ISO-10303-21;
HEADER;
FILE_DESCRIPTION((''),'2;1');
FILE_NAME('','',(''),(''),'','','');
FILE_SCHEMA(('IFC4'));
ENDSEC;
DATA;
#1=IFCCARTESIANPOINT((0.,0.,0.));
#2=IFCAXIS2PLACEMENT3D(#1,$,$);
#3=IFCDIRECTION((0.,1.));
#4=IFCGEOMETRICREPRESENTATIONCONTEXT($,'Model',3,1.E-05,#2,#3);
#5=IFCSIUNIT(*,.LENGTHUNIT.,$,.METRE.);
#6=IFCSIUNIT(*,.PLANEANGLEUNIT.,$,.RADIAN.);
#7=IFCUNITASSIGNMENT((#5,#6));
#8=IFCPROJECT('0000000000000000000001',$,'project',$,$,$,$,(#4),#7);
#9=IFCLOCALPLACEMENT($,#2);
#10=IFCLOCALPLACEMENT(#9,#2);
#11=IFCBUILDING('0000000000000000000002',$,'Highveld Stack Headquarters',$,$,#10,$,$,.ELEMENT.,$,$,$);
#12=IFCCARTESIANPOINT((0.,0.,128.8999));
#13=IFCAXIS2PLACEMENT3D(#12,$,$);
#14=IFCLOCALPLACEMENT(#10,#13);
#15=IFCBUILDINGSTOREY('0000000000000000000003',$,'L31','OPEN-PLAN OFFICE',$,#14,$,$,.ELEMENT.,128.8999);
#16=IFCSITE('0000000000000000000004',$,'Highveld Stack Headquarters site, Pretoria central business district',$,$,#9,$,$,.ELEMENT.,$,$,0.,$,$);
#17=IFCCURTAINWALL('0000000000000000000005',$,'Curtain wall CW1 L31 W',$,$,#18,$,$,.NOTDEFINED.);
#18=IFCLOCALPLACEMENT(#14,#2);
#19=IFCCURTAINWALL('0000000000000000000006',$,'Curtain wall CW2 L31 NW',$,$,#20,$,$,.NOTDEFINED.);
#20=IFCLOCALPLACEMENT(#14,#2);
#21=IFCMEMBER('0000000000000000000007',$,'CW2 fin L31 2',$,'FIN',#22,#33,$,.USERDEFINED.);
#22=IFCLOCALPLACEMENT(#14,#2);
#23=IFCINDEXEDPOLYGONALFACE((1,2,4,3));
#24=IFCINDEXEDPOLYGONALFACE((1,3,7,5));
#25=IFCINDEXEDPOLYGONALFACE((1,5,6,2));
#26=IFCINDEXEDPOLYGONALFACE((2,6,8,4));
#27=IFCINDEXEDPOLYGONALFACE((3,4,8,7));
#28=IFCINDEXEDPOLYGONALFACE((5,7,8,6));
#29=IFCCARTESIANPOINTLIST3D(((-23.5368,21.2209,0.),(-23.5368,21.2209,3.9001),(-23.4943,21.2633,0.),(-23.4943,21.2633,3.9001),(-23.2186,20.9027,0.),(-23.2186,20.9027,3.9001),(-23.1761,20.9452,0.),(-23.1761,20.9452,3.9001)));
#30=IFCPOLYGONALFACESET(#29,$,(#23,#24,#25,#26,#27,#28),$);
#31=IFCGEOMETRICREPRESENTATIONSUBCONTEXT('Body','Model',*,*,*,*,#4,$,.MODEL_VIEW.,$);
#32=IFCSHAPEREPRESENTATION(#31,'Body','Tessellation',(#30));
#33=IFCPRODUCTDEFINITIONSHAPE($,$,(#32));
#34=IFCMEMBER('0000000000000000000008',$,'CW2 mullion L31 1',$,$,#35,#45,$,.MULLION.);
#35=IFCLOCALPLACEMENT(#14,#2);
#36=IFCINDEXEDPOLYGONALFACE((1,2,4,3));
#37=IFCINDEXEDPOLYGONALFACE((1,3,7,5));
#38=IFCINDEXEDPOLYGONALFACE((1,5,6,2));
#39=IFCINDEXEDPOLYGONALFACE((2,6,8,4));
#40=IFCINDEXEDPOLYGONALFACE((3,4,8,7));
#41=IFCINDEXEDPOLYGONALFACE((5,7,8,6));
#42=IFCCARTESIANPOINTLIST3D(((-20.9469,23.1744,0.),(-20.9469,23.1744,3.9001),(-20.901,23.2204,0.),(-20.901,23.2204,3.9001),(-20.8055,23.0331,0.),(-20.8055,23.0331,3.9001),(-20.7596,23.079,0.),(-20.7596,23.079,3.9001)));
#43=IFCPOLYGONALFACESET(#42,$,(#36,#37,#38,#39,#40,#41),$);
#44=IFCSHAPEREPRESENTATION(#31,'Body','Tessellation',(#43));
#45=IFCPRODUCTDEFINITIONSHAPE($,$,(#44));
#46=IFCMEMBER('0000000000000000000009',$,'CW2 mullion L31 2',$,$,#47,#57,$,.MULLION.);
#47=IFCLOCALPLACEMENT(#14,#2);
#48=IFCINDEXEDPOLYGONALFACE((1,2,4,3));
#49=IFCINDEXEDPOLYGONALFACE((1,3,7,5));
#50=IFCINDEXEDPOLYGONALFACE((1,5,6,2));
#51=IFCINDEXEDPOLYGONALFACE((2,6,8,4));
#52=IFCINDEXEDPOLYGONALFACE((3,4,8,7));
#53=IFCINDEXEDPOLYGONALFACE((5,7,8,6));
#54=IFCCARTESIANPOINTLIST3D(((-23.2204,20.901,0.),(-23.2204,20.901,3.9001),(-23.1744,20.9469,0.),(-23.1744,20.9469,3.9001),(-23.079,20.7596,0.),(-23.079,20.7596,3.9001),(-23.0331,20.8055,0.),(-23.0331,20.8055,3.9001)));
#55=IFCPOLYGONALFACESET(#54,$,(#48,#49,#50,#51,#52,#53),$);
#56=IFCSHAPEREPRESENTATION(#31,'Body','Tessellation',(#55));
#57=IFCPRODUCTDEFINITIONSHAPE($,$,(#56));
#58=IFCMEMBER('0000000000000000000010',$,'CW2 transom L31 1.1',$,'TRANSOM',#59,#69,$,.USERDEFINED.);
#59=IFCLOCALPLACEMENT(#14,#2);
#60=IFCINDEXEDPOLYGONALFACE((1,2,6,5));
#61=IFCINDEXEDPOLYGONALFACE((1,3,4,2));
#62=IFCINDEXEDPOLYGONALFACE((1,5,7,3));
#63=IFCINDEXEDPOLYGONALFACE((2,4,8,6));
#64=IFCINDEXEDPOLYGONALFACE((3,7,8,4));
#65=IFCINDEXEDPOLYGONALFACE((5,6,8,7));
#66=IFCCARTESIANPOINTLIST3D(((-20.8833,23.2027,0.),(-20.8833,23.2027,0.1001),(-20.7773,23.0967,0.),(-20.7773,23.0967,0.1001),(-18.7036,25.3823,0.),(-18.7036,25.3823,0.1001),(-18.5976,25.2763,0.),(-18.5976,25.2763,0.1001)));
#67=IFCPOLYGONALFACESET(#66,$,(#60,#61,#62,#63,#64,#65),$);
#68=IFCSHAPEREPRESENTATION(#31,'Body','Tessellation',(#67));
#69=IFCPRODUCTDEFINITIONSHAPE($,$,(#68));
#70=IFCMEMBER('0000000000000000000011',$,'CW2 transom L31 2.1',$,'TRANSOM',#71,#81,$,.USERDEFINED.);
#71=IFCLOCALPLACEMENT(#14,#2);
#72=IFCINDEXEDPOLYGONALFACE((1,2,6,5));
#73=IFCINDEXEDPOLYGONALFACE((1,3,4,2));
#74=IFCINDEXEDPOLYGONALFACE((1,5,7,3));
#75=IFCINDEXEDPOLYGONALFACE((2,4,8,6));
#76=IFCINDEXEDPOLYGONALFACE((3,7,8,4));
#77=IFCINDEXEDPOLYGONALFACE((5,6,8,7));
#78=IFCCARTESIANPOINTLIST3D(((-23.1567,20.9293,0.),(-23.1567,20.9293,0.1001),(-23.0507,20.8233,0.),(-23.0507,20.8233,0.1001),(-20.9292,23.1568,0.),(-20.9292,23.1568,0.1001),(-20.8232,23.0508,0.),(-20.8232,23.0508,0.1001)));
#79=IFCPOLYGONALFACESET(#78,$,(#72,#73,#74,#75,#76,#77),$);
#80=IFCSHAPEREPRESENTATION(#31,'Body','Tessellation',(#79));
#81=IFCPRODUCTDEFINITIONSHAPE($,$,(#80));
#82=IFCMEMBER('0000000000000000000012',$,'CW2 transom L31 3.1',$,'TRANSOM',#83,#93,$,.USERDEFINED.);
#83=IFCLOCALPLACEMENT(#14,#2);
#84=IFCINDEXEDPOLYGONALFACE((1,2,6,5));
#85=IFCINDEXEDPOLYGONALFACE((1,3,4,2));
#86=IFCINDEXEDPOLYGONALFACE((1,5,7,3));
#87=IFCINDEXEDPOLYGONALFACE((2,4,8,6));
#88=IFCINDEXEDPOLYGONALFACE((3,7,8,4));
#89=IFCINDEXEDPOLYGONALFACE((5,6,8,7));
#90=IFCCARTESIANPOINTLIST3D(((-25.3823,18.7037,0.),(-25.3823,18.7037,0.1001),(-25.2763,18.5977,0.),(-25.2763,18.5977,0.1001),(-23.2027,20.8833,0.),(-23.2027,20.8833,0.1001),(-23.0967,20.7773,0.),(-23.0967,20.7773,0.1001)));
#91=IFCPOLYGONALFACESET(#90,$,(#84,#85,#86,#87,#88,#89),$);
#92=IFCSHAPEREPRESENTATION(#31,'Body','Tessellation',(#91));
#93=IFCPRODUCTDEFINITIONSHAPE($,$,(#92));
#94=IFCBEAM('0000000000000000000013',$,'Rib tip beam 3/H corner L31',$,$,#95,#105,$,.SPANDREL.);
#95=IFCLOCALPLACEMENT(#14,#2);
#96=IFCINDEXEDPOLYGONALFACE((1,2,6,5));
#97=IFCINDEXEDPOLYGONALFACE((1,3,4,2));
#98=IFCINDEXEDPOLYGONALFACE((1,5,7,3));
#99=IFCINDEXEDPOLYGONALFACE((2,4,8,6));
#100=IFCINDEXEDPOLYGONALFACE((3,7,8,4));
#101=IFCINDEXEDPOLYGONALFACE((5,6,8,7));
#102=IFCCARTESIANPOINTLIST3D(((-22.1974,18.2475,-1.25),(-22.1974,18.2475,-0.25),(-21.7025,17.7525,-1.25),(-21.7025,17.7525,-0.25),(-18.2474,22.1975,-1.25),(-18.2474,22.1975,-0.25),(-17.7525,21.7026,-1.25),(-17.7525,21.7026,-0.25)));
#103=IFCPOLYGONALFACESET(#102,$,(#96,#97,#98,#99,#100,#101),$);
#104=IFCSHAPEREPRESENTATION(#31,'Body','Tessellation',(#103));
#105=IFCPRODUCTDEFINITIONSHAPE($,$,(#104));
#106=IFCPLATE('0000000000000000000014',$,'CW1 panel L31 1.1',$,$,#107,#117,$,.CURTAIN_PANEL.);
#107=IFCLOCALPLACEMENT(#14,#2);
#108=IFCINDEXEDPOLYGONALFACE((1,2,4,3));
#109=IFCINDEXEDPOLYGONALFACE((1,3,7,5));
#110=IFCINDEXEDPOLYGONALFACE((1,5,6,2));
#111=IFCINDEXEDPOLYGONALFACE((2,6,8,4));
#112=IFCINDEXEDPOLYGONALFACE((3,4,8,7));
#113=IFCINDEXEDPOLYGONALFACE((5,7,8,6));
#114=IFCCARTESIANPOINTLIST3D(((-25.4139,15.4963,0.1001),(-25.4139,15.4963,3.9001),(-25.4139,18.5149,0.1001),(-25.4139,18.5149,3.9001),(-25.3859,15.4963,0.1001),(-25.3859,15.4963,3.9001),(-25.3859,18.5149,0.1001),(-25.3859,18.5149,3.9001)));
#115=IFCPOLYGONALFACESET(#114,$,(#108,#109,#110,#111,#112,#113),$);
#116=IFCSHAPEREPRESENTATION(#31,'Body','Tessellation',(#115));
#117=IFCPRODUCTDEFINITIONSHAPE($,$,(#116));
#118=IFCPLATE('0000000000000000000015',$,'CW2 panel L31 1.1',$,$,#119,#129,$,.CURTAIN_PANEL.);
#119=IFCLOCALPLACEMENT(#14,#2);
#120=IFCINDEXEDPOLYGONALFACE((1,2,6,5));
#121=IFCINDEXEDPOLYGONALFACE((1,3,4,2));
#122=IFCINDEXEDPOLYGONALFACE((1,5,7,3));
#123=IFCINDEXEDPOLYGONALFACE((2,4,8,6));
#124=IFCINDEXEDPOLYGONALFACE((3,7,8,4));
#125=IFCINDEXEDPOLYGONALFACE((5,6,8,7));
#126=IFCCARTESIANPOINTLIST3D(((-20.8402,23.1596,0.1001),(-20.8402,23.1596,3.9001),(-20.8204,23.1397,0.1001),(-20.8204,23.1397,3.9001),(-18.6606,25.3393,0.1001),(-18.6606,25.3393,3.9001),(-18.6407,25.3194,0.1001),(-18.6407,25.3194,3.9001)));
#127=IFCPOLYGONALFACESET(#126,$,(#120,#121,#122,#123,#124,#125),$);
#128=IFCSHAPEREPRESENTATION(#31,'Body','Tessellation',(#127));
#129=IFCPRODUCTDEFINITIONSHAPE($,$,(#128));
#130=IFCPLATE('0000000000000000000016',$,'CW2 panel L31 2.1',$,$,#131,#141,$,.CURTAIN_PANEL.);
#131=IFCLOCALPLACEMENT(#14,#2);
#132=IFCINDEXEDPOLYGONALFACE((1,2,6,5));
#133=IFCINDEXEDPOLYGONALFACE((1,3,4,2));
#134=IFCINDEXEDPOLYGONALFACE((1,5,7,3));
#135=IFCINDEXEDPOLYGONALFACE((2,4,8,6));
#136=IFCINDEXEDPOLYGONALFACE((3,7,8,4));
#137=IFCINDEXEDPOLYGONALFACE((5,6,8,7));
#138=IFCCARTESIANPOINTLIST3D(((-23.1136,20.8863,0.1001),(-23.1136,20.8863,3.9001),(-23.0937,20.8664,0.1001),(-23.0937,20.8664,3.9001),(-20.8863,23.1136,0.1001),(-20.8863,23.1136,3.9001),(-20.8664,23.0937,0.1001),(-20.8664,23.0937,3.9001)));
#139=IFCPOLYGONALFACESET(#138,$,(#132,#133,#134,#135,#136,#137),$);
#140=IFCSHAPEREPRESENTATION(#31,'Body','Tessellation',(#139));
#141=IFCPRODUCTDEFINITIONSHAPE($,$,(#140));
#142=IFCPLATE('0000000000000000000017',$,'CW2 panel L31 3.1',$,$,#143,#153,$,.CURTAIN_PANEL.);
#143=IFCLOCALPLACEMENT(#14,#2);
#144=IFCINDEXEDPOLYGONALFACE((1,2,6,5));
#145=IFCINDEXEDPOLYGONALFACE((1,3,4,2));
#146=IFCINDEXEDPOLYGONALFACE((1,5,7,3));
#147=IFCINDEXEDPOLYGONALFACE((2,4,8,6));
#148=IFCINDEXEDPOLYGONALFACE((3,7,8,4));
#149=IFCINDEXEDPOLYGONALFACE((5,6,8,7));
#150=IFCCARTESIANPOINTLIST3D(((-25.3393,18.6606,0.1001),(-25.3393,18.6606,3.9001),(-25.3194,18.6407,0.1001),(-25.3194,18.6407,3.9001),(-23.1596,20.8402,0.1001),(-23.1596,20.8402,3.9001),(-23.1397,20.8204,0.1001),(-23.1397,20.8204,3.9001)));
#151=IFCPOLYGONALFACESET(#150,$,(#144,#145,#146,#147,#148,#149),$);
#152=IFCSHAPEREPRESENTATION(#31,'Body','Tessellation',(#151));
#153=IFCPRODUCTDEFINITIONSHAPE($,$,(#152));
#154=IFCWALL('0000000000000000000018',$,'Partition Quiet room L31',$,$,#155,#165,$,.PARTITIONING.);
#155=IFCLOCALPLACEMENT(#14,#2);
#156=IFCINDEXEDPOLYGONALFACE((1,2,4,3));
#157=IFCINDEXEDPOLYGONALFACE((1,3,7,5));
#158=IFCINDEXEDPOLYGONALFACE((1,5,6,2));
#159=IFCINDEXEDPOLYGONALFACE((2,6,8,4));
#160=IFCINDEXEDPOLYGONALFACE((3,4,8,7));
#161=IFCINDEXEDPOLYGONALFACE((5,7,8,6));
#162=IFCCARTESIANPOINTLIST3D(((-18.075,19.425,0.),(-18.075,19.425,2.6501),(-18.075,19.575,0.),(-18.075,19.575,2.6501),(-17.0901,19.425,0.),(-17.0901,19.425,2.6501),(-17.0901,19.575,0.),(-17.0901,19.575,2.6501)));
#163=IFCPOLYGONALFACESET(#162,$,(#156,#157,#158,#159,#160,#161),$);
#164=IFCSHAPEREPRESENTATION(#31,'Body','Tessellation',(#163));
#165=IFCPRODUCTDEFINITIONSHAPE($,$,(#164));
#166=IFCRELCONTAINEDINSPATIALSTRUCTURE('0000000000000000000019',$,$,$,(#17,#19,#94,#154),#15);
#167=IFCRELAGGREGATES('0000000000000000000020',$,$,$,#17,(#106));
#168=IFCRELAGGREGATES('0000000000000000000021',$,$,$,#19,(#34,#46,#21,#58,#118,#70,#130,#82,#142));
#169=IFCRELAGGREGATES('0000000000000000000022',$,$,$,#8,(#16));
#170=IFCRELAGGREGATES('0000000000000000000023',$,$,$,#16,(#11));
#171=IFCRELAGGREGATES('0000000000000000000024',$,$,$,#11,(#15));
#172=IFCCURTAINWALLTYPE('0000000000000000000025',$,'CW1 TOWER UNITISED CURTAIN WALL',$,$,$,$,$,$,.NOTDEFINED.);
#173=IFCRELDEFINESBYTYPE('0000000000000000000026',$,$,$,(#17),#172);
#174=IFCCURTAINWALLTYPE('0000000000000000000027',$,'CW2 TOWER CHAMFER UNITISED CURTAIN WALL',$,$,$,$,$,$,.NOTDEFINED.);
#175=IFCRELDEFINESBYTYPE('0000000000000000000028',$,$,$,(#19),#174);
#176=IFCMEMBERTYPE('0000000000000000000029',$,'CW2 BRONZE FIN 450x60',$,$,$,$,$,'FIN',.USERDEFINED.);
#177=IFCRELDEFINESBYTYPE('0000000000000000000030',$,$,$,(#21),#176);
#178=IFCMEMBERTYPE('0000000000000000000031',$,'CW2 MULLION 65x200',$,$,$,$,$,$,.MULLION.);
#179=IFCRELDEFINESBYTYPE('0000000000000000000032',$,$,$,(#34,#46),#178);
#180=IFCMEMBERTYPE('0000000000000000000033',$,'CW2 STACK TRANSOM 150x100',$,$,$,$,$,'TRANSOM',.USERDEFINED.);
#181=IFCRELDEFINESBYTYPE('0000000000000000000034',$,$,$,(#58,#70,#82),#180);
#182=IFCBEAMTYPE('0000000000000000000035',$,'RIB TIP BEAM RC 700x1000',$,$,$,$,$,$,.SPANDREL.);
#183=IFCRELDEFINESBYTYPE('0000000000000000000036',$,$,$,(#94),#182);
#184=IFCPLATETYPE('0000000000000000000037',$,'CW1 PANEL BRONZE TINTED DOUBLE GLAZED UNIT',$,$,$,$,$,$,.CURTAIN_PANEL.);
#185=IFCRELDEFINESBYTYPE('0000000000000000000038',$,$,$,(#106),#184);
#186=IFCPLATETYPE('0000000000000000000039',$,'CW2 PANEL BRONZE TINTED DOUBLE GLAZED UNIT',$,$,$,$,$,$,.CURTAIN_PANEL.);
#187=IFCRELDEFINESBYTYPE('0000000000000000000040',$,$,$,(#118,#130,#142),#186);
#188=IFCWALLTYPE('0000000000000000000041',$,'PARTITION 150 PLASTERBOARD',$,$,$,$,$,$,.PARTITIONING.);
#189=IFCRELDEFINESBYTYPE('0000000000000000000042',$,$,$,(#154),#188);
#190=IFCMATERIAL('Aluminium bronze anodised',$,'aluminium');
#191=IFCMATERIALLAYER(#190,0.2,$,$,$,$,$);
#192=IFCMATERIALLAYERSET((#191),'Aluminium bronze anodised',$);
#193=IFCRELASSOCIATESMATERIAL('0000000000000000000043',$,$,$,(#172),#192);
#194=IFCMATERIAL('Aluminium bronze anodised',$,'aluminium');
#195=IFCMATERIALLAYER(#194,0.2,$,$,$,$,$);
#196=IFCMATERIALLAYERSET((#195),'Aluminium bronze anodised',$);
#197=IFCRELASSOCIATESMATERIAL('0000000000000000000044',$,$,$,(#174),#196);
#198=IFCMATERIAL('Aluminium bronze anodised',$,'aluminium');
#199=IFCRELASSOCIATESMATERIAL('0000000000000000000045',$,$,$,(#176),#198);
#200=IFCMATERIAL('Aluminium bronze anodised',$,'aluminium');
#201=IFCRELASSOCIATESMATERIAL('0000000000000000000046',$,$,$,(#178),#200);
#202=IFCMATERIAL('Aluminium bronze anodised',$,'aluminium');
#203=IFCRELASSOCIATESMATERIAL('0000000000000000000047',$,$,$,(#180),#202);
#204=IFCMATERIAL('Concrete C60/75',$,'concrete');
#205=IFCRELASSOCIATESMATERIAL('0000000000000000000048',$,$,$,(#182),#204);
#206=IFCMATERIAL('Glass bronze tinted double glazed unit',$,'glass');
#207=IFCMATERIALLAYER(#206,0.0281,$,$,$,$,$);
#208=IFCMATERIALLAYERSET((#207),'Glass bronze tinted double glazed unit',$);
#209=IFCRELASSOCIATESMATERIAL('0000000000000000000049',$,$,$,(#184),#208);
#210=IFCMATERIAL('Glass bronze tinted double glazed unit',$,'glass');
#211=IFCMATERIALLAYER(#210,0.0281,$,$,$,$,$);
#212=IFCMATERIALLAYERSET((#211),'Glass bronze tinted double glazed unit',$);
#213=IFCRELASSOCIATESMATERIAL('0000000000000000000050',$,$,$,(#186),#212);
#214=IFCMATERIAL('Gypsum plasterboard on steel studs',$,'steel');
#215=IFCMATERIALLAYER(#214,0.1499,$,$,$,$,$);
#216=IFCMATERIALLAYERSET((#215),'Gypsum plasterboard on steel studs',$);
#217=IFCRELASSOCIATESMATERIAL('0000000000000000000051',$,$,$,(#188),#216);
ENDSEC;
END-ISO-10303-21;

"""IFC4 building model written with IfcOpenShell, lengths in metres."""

from ifc_helpers import new_model, si_unit, direction, frame, frame_2d, origin, origin_2d, place, context, subcontext, project, spatial, rectangle, extrude, material, layer, layer_set, material_profile, profile_set, type_object, element, aggregate, save


model = new_model("IFC4")

# Units and contexts
model_context = context("Model", 3, precision=1e-05, world=origin(), true_north=direction((0.0, 1.0)))
body_context = subcontext(model_context, "Body", "Model", "MODEL_VIEW")
ifc_project = project(units=[si_unit("LENGTHUNIT", "METRE"), si_unit("PLANEANGLEUNIT", "RADIAN")], contexts=[model_context])

# Site, building, storey
site_placement = place(None, origin())
site = spatial("IfcSite", under=ifc_project, at=site_placement, Name="Highveld Stack Headquarters site, Pretoria central business district", CompositionType="ELEMENT", RefElevation=0.0)
building_placement = place(site_placement, origin())
building = spatial("IfcBuilding", under=site, at=building_placement, Name="Highveld Stack Headquarters", CompositionType="ELEMENT")
storey_placement = place(building_placement, frame((0.0, 0.0, 128.8999)))
storey = spatial("IfcBuildingStorey", under=building, at=storey_placement, Name="L31", Description="OPEN-PLAN OFFICE", CompositionType="ELEMENT", Elevation=128.8999)

# Shared definitions
ifc_material_1 = material(Name="Aluminium bronze anodised", Category="aluminium")
ifc_layer_1 = layer(ifc_material_1, 0.2)
ifc_layer_set_1 = layer_set([ifc_layer_1], Name="Aluminium bronze anodised")
curtain_wall_type_1 = type_object("IfcCurtainWallType", Name="CW1 TOWER UNITISED CURTAIN WALL", PredefinedType="NOTDEFINED", material=ifc_layer_set_1)

# Curtain wall
curtain_wall_1_placement = place(storey_placement, origin())
curtain_wall_1 = element("IfcCurtainWall", 1, at=curtain_wall_1_placement, inside=storey, type_object=curtain_wall_type_1, Name="Curtain wall CW1 L31 W", PredefinedType="NOTDEFINED")

# Curtain wall, members
ifc_material_2 = material(Name="Aluminium bronze anodised", Category="aluminium")
ifc_layer_2 = layer(ifc_material_2, 0.2)
ifc_layer_set_2 = layer_set([ifc_layer_2], Name="Aluminium bronze anodised")
curtain_wall_type_2 = type_object("IfcCurtainWallType", Name="CW2 TOWER CHAMFER UNITISED CURTAIN WALL", PredefinedType="NOTDEFINED", material=ifc_layer_set_2)
curtain_wall_2_placement = place(storey_placement, origin())
curtain_wall_2 = element("IfcCurtainWall", 2, at=curtain_wall_2_placement, inside=storey, type_object=curtain_wall_type_2, Name="Curtain wall CW2 L31 NW", PredefinedType="NOTDEFINED")
ifc_material_3 = material(Name="Aluminium bronze anodised", Category="aluminium")
ifc_material_profile_1 = material_profile(ifc_material_3, rectangle(XDim=0.45, YDim=0.0601, at=origin_2d()), Name="FIN 450x60")
ifc_profile_set_1 = profile_set([ifc_material_profile_1], Name="Aluminium bronze anodised")
member_type_1 = type_object("IfcMemberType", Name="CW2 BRONZE FIN 450x60", ElementType="FIN", PredefinedType="USERDEFINED", material=ifc_profile_set_1)
member_1_placement = place(storey_placement, frame((-23.3564, 21.083, 0.0), z_axis=(0.0, 0.0, 1.0), x_axis=(0.707107, -0.707107, 0.0)))
member_1 = element("IfcMember", 3, at=member_1_placement, type_object=member_type_1, Name="CW2 fin L31 2", ObjectType="FIN", PredefinedType="USERDEFINED", context=body_context, shape_type="SweptSolid", body=[
    extrude(rectangle(XDim=0.45, YDim=0.0601, at=origin_2d()), origin(), (0.0, 0.0, 1.0), 3.9001),
])
ifc_material_4 = material(Name="Aluminium bronze anodised", Category="aluminium")
ifc_material_profile_2 = material_profile(ifc_material_4, rectangle(XDim=0.2, YDim=0.0649, at=origin_2d()), Name="CW2 MULLION 65x200")
ifc_profile_set_2 = profile_set([ifc_material_profile_2], Name="Aluminium bronze anodised")
member_type_2 = type_object("IfcMemberType", Name="CW2 MULLION 65x200", PredefinedType="MULLION", material=ifc_profile_set_2)
member_2_placement = place(storey_placement, frame((-20.8533, 23.1267, 0.0), z_axis=(0.0, 0.0, 1.0), x_axis=(0.707107, -0.707107, 0.0)))
member_2 = element("IfcMember", 4, at=member_2_placement, type_object=member_type_2, Name="CW2 mullion L31 1", PredefinedType="MULLION", context=body_context, shape_type="SweptSolid", body=[
    extrude(rectangle(XDim=0.2, YDim=0.0649, at=origin_2d()), origin(), (0.0, 0.0, 1.0), 3.9001),
])
member_3_placement = place(storey_placement, frame((-23.1267, 20.8533, 0.0), z_axis=(0.0, 0.0, 1.0), x_axis=(0.707107, -0.707107, 0.0)))
member_3 = element("IfcMember", 5, at=member_3_placement, type_object=member_type_2, Name="CW2 mullion L31 2", PredefinedType="MULLION", context=body_context, shape_type="SweptSolid", body=[
    extrude(rectangle(XDim=0.2, YDim=0.0649, at=origin_2d()), origin(), (0.0, 0.0, 1.0), 3.9001),
])
ifc_material_5 = material(Name="Aluminium bronze anodised", Category="aluminium")
ifc_material_profile_3 = material_profile(ifc_material_5, rectangle(XDim=0.1499, YDim=0.1001, at=origin_2d()), Name="CW2 TRANSOM 150x100")
ifc_profile_set_3 = profile_set([ifc_material_profile_3], Name="Aluminium bronze anodised")
member_type_3 = type_object("IfcMemberType", Name="CW2 STACK TRANSOM 150x100", ElementType="TRANSOM", PredefinedType="USERDEFINED", material=ifc_profile_set_3)
member_4_placement = place(storey_placement, frame((-18.6506, 25.3293, 0.05), z_axis=(-0.707107, -0.707107, 0.0), x_axis=(0.707107, -0.707107, 0.0)))
member_4 = element("IfcMember", 6, at=member_4_placement, type_object=member_type_3, Name="CW2 transom L31 1.1", ObjectType="TRANSOM", PredefinedType="USERDEFINED", context=body_context, shape_type="SweptSolid", body=[
    extrude(rectangle(XDim=0.1499, YDim=0.1001, at=origin_2d()), origin(), (0.0, 0.0, 1.0), 3.0825),
])
member_5_placement = place(storey_placement, frame((-20.8762, 23.1038, 0.05), z_axis=(-0.707107, -0.707107, 0.0), x_axis=(0.707107, -0.707107, 0.0)))
member_5 = element("IfcMember", 7, at=member_5_placement, type_object=member_type_3, Name="CW2 transom L31 2.1", ObjectType="TRANSOM", PredefinedType="USERDEFINED", context=body_context, shape_type="SweptSolid", body=[
    extrude(rectangle(XDim=0.1499, YDim=0.1001, at=origin_2d()), origin(), (0.0, 0.0, 1.0), 3.1501),
])
member_6_placement = place(storey_placement, frame((-23.1497, 20.8303, 0.05), z_axis=(-0.707107, -0.707107, 0.0), x_axis=(0.707107, -0.707107, 0.0)))
member_6 = element("IfcMember", 8, at=member_6_placement, type_object=member_type_3, Name="CW2 transom L31 3.1", ObjectType="TRANSOM", PredefinedType="USERDEFINED", context=body_context, shape_type="SweptSolid", body=[
    extrude(rectangle(XDim=0.1499, YDim=0.1001, at=origin_2d()), origin(), (0.0, 0.0, 1.0), 3.0825),
])

# Beam
ifc_material_6 = material(Name="Concrete C60/75", Category="concrete")
ifc_material_profile_4 = material_profile(ifc_material_6, rectangle(XDim=0.7, YDim=1.0, at=origin_2d()), Name="RC 700x1000")
ifc_profile_set_4 = profile_set([ifc_material_profile_4], Name="Concrete C60/75")
beam_type_1 = type_object("IfcBeamType", Name="RIB TIP BEAM RC 700x1000", PredefinedType="SPANDREL", material=ifc_profile_set_4)
beam_1_placement = place(storey_placement, frame((-21.95, 18.0, -0.75), z_axis=(0.707107, 0.707107, 0.0), x_axis=(-0.707107, 0.707107, 0.0)))
element("IfcBeam", 9, at=beam_1_placement, inside=storey, type_object=beam_type_1, Name="Rib tip beam 3/H corner L31", PredefinedType="SPANDREL", context=body_context, shape_type="SweptSolid", body=[
    extrude(rectangle(XDim=0.7, YDim=1.0, at=origin_2d()), origin(), (0.0, 0.0, 1.0), 5.5862),
])

# Plates
ifc_material_7 = material(Name="Glass bronze tinted double glazed unit", Category="glass")
ifc_layer_3 = layer(ifc_material_7, 0.0281)
ifc_layer_set_3 = layer_set([ifc_layer_3], Name="Glass bronze tinted double glazed unit")
plate_type_1 = type_object("IfcPlateType", Name="CW1 PANEL BRONZE TINTED DOUBLE GLAZED UNIT", PredefinedType="CURTAIN_PANEL", material=ifc_layer_set_3)
plate_1_placement = place(storey_placement, frame((-25.3999, 17.0056, 0.1001), z_axis=(0.0, 0.0, 1.0), x_axis=(0.0, -1.0, 0.0)))
plate_1 = element("IfcPlate", 10, at=plate_1_placement, type_object=plate_type_1, Name="CW1 panel L31 1.1", PredefinedType="CURTAIN_PANEL", context=body_context, shape_type="SweptSolid", body=[
    extrude(rectangle(XDim=3.0186, YDim=0.0281, at=origin_2d()), origin(), (0.0, 0.0, 1.0), 3.8),
])
aggregate(curtain_wall_1, [plate_1])
ifc_material_8 = material(Name="Glass bronze tinted double glazed unit", Category="glass")
ifc_layer_4 = layer(ifc_material_8, 0.0281)
ifc_layer_set_4 = layer_set([ifc_layer_4], Name="Glass bronze tinted double glazed unit")
plate_type_2 = type_object("IfcPlateType", Name="CW2 PANEL BRONZE TINTED DOUBLE GLAZED UNIT", PredefinedType="CURTAIN_PANEL", material=ifc_layer_set_4)
plate_2_placement = place(storey_placement, frame((-19.7405, 24.2395, 0.1001), z_axis=(0.0, 0.0, 1.0), x_axis=(-0.707107, -0.707107, 0.0)))
plate_2 = element("IfcPlate", 11, at=plate_2_placement, type_object=plate_type_2, Name="CW2 panel L31 1.1", PredefinedType="CURTAIN_PANEL", context=body_context, shape_type="SweptSolid", body=[
    extrude(rectangle(XDim=3.0825, YDim=0.0281, at=origin_2d()), origin(), (0.0, 0.0, 1.0), 3.8),
])
plate_3_placement = place(storey_placement, frame((-21.99, 21.99, 0.1001), z_axis=(0.0, 0.0, 1.0), x_axis=(-0.707107, -0.707107, 0.0)))
plate_3 = element("IfcPlate", 12, at=plate_3_placement, type_object=plate_type_2, Name="CW2 panel L31 2.1", PredefinedType="CURTAIN_PANEL", context=body_context, shape_type="SweptSolid", body=[
    extrude(rectangle(XDim=3.1499, YDim=0.0281, at=origin_2d()), origin(), (0.0, 0.0, 1.0), 3.8),
])
plate_4_placement = place(storey_placement, frame((-24.2395, 19.7405, 0.1001), z_axis=(0.0, 0.0, 1.0), x_axis=(-0.707107, -0.707107, 0.0)))
plate_4 = element("IfcPlate", 13, at=plate_4_placement, type_object=plate_type_2, Name="CW2 panel L31 3.1", PredefinedType="CURTAIN_PANEL", context=body_context, shape_type="SweptSolid", body=[
    extrude(rectangle(XDim=3.0825, YDim=0.0281, at=origin_2d()), origin(), (0.0, 0.0, 1.0), 3.8),
])
aggregate(curtain_wall_2, [member_2, member_3, member_1, member_4, plate_2, member_5, plate_3, member_6, plate_4])

# Wall
ifc_material_9 = material(Name="Gypsum plasterboard on steel studs", Category="steel")
ifc_layer_5 = layer(ifc_material_9, 0.1499)
ifc_layer_set_5 = layer_set([ifc_layer_5], Name="Gypsum plasterboard on steel studs")
wall_type = type_object("IfcWallType", Name="PARTITION 150 PLASTERBOARD", PredefinedType="PARTITIONING", material=ifc_layer_set_5)
wall_placement = place(storey_placement, frame((-18.075, 19.5, 0.0), z_axis=(0.0, 0.0, 1.0), x_axis=(1.0, 0.0, 0.0)))
element("IfcWall", 14, at=wall_placement, inside=storey, type_object=wall_type, Name="Partition Quiet room L31", PredefinedType="PARTITIONING", context=body_context, shape_type="SweptSolid", body=[
    extrude(rectangle(XDim=0.9849, YDim=0.1499, at=frame_2d((0.4924, 0.0))), origin(), (0.0, 0.0, 1.0), 2.6501),
])

save(model, "model.ifc")
